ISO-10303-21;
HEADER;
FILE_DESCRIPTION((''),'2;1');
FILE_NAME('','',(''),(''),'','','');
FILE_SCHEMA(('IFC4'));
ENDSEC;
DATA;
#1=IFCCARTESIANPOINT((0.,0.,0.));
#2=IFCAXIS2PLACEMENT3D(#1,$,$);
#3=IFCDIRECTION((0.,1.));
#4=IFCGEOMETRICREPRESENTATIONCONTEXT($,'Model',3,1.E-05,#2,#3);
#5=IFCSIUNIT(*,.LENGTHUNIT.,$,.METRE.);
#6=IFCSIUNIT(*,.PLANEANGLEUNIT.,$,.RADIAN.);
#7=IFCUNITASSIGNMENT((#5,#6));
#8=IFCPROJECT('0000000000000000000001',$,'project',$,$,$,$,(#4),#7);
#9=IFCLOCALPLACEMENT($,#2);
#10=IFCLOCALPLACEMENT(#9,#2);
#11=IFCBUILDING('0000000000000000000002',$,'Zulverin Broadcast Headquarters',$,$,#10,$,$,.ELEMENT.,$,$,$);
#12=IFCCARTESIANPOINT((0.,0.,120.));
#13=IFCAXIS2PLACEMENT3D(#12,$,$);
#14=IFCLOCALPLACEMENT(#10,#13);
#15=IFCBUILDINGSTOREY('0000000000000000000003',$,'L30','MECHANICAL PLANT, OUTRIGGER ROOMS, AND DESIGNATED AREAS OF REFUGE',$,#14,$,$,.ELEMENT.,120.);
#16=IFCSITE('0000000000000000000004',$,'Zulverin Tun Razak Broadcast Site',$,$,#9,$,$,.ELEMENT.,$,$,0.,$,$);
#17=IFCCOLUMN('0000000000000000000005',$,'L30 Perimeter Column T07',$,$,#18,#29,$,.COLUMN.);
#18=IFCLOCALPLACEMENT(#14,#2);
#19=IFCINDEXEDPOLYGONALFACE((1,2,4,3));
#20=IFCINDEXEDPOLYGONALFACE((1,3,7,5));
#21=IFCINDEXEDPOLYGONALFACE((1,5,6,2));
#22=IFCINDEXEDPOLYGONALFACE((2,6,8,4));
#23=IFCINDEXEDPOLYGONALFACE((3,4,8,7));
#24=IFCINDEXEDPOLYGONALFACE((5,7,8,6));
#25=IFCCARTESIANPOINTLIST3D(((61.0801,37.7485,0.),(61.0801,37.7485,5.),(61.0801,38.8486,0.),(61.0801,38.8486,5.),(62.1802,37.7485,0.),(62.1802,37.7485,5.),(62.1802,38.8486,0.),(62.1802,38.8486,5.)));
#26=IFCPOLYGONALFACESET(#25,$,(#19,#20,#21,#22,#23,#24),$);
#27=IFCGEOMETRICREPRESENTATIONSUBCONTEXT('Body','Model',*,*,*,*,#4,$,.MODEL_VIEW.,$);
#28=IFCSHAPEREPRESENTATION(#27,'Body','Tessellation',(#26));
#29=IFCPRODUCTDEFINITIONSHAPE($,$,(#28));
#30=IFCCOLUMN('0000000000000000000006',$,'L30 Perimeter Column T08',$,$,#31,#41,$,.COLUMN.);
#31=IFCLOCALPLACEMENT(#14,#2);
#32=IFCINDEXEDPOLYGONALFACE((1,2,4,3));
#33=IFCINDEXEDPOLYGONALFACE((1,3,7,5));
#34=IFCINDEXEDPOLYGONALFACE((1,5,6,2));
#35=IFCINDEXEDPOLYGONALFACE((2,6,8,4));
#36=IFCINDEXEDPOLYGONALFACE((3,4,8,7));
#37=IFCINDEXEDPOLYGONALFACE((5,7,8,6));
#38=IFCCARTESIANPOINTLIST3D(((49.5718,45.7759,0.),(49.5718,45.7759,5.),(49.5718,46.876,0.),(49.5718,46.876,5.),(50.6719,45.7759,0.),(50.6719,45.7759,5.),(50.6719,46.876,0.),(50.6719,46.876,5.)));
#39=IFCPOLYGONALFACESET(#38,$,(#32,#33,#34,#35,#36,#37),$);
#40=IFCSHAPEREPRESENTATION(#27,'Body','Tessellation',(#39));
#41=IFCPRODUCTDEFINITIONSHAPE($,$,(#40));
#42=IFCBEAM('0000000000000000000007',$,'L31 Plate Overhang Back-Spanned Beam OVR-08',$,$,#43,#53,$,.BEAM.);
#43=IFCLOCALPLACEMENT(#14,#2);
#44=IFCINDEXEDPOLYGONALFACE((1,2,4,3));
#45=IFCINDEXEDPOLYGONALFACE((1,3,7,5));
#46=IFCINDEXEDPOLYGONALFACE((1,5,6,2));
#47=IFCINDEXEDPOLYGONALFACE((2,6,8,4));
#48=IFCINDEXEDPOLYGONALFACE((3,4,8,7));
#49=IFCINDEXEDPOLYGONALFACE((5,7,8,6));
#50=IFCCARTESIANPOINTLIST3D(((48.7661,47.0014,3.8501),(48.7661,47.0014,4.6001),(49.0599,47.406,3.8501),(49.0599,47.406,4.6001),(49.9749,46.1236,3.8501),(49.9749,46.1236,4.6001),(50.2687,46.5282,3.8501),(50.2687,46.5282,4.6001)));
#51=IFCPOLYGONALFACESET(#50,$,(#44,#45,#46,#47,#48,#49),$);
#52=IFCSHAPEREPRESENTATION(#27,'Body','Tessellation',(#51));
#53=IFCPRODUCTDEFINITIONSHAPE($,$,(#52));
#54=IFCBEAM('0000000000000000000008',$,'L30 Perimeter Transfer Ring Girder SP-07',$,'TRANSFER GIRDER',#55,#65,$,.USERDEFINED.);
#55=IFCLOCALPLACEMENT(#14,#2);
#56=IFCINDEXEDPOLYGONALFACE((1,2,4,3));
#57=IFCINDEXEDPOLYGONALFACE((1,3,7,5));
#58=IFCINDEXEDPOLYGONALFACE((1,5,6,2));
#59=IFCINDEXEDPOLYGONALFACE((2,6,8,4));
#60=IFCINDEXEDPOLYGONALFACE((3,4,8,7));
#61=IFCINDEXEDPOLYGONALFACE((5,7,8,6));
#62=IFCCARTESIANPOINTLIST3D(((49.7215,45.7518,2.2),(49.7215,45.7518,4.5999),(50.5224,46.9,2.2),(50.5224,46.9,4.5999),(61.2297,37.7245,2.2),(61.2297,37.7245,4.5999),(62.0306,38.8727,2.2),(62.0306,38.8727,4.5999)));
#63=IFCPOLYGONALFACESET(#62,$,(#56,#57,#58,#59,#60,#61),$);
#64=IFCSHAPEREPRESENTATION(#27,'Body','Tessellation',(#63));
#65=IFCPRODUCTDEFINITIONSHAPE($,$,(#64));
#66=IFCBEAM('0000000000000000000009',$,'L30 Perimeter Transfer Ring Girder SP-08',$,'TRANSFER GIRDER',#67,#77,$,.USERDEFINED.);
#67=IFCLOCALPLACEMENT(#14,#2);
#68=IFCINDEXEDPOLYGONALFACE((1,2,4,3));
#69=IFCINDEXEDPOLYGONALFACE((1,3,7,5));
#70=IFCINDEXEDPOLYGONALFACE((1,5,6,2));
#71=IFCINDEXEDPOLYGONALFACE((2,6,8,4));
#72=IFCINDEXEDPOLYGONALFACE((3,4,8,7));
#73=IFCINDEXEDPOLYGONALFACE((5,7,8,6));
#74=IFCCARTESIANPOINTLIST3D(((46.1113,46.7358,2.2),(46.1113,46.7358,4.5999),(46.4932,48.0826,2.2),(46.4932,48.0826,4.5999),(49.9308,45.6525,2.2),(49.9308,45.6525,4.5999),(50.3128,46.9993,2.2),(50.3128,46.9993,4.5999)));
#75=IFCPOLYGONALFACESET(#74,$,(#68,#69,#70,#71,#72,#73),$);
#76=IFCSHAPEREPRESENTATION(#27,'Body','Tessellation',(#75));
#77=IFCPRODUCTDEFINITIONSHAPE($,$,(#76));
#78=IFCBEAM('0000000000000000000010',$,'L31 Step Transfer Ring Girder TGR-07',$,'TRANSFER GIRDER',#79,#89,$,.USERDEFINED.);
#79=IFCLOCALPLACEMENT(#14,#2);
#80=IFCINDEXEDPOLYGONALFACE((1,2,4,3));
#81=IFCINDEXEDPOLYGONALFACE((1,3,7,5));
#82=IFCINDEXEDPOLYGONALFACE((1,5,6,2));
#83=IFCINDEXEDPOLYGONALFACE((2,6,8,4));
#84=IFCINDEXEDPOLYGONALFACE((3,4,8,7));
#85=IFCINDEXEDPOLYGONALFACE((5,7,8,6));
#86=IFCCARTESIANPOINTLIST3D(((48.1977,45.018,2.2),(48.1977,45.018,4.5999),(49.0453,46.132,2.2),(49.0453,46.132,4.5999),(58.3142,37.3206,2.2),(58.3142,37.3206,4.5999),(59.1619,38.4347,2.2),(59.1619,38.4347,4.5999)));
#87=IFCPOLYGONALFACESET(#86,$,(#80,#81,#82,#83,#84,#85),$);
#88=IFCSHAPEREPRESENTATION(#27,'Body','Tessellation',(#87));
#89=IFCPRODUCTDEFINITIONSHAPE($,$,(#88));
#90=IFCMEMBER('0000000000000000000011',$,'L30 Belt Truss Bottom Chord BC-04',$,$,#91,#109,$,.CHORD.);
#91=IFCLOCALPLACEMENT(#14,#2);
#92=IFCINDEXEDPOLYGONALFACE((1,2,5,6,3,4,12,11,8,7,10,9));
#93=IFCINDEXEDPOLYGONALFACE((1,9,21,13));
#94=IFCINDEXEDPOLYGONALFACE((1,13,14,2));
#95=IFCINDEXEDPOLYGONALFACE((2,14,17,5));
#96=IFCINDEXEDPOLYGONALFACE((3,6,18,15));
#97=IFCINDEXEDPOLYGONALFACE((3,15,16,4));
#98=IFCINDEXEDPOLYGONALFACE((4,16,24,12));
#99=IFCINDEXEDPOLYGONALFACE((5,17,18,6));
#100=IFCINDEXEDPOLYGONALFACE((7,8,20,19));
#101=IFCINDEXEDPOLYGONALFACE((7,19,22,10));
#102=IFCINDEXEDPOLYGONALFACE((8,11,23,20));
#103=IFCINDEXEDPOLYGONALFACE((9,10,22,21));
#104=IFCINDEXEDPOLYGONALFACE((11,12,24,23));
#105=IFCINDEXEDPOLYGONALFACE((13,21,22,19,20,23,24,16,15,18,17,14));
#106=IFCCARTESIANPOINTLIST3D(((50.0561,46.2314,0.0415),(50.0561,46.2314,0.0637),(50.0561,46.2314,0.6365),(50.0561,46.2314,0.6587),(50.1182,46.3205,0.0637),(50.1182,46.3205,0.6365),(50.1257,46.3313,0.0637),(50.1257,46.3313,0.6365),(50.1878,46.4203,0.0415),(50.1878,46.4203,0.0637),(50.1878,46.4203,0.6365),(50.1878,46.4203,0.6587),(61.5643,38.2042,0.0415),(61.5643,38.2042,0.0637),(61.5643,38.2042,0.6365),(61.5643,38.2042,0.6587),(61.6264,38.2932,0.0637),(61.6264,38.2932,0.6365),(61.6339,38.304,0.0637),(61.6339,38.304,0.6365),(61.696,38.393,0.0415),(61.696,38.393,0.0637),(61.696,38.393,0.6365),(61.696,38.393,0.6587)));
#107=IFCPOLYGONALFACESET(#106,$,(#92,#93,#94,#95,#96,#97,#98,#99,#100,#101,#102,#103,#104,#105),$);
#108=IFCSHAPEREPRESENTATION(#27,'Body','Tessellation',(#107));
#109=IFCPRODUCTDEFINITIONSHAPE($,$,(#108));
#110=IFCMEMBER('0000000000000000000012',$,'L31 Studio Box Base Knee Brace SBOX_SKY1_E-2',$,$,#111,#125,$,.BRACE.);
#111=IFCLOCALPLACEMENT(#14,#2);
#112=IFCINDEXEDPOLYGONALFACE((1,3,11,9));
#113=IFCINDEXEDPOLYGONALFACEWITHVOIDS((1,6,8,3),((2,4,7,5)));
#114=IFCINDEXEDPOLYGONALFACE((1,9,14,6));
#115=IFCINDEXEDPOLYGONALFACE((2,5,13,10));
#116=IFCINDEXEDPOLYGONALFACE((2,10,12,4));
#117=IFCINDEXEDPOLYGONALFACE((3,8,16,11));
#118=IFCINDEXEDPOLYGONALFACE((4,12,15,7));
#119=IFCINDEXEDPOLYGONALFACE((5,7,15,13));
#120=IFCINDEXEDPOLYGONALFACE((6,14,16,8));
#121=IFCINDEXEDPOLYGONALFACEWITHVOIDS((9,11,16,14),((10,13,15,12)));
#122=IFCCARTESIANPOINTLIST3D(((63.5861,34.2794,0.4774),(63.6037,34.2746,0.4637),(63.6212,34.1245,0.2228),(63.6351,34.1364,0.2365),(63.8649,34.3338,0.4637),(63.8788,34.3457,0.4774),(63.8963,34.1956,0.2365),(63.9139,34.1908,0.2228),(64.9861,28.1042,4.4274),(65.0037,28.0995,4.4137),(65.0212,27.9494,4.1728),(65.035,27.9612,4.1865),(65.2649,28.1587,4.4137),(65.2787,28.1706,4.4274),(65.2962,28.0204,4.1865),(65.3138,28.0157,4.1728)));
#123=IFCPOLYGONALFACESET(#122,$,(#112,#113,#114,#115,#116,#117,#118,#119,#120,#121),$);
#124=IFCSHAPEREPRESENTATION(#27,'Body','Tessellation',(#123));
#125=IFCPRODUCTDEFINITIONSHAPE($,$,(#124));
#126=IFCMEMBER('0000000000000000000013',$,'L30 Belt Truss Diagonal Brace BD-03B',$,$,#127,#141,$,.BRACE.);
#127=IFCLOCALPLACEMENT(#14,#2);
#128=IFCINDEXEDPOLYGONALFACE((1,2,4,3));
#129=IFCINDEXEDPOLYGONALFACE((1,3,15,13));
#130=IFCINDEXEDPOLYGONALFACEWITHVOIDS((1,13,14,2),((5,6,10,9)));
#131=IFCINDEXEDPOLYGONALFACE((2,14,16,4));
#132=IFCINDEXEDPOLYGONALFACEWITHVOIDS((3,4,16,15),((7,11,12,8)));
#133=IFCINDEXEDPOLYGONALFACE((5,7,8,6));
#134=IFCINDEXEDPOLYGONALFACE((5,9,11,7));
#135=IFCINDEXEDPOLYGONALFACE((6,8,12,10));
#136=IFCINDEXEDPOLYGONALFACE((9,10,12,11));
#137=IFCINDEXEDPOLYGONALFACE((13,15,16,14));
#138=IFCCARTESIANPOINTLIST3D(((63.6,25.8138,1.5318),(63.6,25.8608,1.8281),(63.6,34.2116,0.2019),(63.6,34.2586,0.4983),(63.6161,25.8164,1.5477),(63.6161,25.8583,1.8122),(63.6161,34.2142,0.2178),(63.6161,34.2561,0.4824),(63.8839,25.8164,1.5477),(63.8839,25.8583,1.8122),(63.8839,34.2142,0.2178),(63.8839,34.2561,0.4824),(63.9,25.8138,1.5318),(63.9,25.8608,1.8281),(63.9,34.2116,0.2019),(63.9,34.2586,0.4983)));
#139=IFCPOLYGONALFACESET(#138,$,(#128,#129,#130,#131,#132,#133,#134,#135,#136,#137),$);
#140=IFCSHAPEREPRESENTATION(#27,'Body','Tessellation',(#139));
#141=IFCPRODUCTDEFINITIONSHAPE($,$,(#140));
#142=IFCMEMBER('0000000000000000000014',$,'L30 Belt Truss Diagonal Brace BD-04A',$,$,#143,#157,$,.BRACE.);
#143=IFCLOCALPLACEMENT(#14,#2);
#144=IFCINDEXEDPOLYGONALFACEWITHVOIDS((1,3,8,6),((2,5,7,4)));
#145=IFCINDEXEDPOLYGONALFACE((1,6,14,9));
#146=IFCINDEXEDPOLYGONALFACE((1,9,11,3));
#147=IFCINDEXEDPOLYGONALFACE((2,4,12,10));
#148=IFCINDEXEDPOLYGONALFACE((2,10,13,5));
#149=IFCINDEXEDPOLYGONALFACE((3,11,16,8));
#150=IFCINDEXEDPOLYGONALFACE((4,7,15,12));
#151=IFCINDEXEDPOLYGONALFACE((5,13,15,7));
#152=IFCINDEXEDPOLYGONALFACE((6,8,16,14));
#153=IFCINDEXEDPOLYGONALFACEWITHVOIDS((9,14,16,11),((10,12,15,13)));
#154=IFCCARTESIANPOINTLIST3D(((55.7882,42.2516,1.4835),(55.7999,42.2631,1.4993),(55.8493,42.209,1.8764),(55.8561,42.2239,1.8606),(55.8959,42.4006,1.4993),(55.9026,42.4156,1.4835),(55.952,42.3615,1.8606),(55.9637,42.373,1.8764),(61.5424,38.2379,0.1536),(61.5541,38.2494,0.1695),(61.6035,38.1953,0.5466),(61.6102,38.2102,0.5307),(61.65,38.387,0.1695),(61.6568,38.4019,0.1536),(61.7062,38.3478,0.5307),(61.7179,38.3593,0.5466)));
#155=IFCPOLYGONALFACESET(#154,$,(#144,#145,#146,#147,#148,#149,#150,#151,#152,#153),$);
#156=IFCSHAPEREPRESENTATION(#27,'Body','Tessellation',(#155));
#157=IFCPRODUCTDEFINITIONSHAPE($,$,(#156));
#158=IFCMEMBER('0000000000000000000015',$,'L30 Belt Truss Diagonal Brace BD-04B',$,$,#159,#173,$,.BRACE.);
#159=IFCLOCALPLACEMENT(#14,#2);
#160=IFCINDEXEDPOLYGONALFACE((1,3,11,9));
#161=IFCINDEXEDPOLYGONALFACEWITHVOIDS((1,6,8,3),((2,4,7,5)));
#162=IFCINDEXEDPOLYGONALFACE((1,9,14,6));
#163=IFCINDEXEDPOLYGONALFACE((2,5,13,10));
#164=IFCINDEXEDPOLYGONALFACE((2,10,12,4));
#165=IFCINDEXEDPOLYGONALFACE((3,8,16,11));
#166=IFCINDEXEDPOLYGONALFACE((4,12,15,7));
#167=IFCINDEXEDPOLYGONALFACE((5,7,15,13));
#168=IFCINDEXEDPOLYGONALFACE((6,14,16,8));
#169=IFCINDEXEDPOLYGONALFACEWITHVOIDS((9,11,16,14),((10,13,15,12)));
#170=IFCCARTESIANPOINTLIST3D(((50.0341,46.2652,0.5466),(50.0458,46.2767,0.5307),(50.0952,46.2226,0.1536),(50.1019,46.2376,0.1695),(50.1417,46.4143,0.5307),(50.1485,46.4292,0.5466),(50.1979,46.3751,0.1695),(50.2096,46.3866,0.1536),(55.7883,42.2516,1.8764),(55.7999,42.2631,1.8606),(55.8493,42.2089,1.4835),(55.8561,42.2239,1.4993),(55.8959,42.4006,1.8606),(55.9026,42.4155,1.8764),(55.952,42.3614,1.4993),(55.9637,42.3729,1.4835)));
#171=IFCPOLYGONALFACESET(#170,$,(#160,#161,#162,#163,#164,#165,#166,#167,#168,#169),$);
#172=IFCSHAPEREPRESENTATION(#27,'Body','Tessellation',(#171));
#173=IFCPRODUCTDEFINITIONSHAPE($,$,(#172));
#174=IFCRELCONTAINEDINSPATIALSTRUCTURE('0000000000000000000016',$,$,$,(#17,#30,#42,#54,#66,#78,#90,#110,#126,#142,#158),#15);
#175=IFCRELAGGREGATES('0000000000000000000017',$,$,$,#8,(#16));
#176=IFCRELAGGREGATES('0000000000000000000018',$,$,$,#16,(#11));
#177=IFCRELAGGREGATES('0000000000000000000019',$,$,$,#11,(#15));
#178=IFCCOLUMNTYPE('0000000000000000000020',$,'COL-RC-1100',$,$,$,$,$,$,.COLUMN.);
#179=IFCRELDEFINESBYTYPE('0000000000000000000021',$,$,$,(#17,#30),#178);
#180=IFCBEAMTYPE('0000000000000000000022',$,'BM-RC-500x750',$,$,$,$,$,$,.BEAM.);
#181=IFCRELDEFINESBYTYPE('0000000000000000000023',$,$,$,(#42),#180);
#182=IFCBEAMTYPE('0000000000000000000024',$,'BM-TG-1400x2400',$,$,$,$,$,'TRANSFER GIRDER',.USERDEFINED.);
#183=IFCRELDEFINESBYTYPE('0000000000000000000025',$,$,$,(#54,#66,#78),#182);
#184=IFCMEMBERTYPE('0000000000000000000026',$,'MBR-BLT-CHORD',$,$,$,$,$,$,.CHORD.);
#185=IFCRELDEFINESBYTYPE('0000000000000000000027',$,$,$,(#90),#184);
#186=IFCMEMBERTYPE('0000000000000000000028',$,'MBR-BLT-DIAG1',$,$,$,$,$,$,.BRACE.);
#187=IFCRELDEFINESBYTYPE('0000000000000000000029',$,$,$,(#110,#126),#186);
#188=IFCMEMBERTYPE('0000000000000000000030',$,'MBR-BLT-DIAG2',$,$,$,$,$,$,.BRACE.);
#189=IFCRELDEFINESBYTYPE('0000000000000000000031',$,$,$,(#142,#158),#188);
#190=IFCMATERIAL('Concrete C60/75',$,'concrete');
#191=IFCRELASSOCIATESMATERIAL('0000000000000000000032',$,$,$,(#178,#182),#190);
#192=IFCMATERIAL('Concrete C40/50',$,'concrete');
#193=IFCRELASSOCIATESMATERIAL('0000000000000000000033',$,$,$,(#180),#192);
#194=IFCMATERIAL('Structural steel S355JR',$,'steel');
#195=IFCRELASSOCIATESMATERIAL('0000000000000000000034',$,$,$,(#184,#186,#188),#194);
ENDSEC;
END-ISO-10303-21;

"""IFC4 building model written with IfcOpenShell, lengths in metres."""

from ifc_helpers import new_model, si_unit, direction, frame, origin, origin_2d, place, context, subcontext, project, spatial, rectangle, hollow_rectangle, i_section, extrude, material, material_profile, profile_set, type_object, element, save


model = new_model("IFC4")

# Units and contexts
model_context = context("Model", 3, precision=1e-05, world=origin(), true_north=direction((0.0, 1.0)))
body_context = subcontext(model_context, "Body", "Model", "MODEL_VIEW")
ifc_project = project(units=[si_unit("LENGTHUNIT", "METRE"), si_unit("PLANEANGLEUNIT", "RADIAN")], contexts=[model_context])

# Site, building, storey
site_placement = place(None, origin())
site = spatial("IfcSite", under=ifc_project, at=site_placement, Name="Zulverin Tun Razak Broadcast Site", CompositionType="ELEMENT", RefElevation=0.0)
building_placement = place(site_placement, origin())
building = spatial("IfcBuilding", under=site, at=building_placement, Name="Zulverin Broadcast Headquarters", CompositionType="ELEMENT")
storey_placement = place(building_placement, frame((0.0, 0.0, 120.0)))
storey = spatial("IfcBuildingStorey", under=building, at=storey_placement, Name="L30", Description="MECHANICAL PLANT, OUTRIGGER ROOMS, AND DESIGNATED AREAS OF REFUGE", CompositionType="ELEMENT", Elevation=120.0)

# Columns
ifc_material_1 = material(Name="Concrete C60/75", Category="concrete")
ifc_material_profile_1 = material_profile(ifc_material_1, rectangle(XDim=1.1001, YDim=1.1001, at=origin_2d()), Name="Concrete C60/75", Category="concrete")
ifc_profile_set_1 = profile_set([ifc_material_profile_1], Name="Concrete C60/75")
column_type = type_object("IfcColumnType", Name="COL-RC-1100", PredefinedType="COLUMN", material=ifc_profile_set_1)
for number, where, z_axis, x_axis, name in (
    (1, (61.6301, 38.2986, 0.0), (0.0, 0.0, 1.0), (1.0, 0.0, 0.0), "L30 Perimeter Column T07"),
    (2, (50.1218, 46.3259, 0.0), (0.0, 0.0, 1.0), (1.0, 0.0, 0.0), "L30 Perimeter Column T08"),
):
    element("IfcColumn", number, at=place(storey_placement, frame(where, z_axis=z_axis, x_axis=x_axis)), inside=storey, type_object=column_type, Name=name, PredefinedType="COLUMN", context=body_context, shape_type="SweptSolid", body=[
        extrude(rectangle(XDim=1.1001, YDim=1.1001, at=origin_2d()), origin(), (0.0, 0.0, 1.0), 5.0),
    ])

# Beams
ifc_material_2 = material(Name="Concrete C40/50", Category="concrete")
ifc_material_profile_2 = material_profile(ifc_material_2, rectangle(XDim=0.5, YDim=0.75, at=origin_2d()), Name="Concrete C40/50", Category="concrete")
ifc_profile_set_2 = profile_set([ifc_material_profile_2], Name="Concrete C40/50")
beam_type_1 = type_object("IfcBeamType", Name="BM-RC-500x750", PredefinedType="BEAM", material=ifc_profile_set_2)
beam_1_placement = place(storey_placement, frame((50.1218, 46.3259, 4.2251), z_axis=(-0.809181, 0.587559, 0.0), x_axis=(-0.587559, -0.809181, 0.0)))
element("IfcBeam", 3, at=beam_1_placement, inside=storey, type_object=beam_type_1, Name="L31 Plate Overhang Back-Spanned Beam OVR-08", PredefinedType="BEAM", context=body_context, shape_type="SweptSolid", body=[
    extrude(rectangle(XDim=0.5, YDim=0.75, at=origin_2d()), origin(), (0.0, 0.0, 1.0), 1.4939),
])
ifc_material_profile_3 = material_profile(ifc_material_1, rectangle(XDim=1.3999, YDim=2.3999, at=origin_2d()), Name="Concrete C60/75", Category="concrete")
ifc_profile_set_3 = profile_set([ifc_material_profile_3], Name="Concrete C60/75")
beam_type_2 = type_object("IfcBeamType", Name="BM-TG-1400x2400", ElementType="TRANSFER GIRDER", PredefinedType="USERDEFINED", material=ifc_profile_set_3)
beam_2_placement = place(storey_placement, frame((61.6301, 38.2986, 3.3999), z_axis=(-0.820184, 0.5721, 0.0), x_axis=(-0.5721, -0.820184, 0.0)))
element("IfcBeam", 4, at=beam_2_placement, inside=storey, type_object=beam_type_2, Name="L30 Perimeter Transfer Ring Girder SP-07", ObjectType="TRANSFER GIRDER", PredefinedType="USERDEFINED", context=body_context, shape_type="SweptSolid", body=[
    extrude(rectangle(XDim=1.3999, YDim=2.3999, at=origin_2d()), origin(), (0.0, 0.0, 1.0), 14.0312),
])
beam_3_placement = place(storey_placement, frame((50.1218, 46.3259, 3.3999), z_axis=(-0.962058, 0.272844, 0.0), x_axis=(-0.272844, -0.962058, 0.0)))
element("IfcBeam", 5, at=beam_3_placement, inside=storey, type_object=beam_type_2, Name="L30 Perimeter Transfer Ring Girder SP-08", ObjectType="TRANSFER GIRDER", PredefinedType="USERDEFINED", context=body_context, shape_type="SweptSolid", body=[
    extrude(rectangle(XDim=1.3999, YDim=2.3999, at=origin_2d()), origin(), (0.0, 0.0, 1.0), 3.9702),
])
beam_4_placement = place(storey_placement, frame((58.738, 37.8777, 3.3999), z_axis=(-0.79583, 0.60552, 0.0), x_axis=(-0.60552, -0.79583, 0.0)))
element("IfcBeam", 6, at=beam_4_placement, inside=storey, type_object=beam_type_2, Name="L31 Step Transfer Ring Girder TGR-07", ObjectType="TRANSFER GIRDER", PredefinedType="USERDEFINED", context=body_context, shape_type="SweptSolid", body=[
    extrude(rectangle(XDim=1.3999, YDim=2.3999, at=origin_2d()), origin(), (0.0, 0.0, 1.0), 12.7119),
])

# Members
ifc_material_3 = material(Name="Structural steel S355JR", Category="steel")
ifc_material_profile_4 = material_profile(ifc_material_3, i_section(OverallWidth=0.2302, OverallDepth=0.6172, WebThickness=0.0132, FlangeThickness=0.0222, at=origin_2d()), Name="Structural steel S355JR", Category="steel")
ifc_profile_set_4 = profile_set([ifc_material_profile_4], Name="Structural steel S355JR")
member_type_1 = type_object("IfcMemberType", Name="MBR-BLT-CHORD", PredefinedType="CHORD", material=ifc_profile_set_4)
member_1_placement = place(storey_placement, frame((61.6301, 38.2986, 0.3501), z_axis=(-0.820184, 0.5721, 0.0), x_axis=(-0.5721, -0.820184, 0.0)))
element("IfcMember", 7, at=member_1_placement, inside=storey, type_object=member_type_1, Name="L30 Belt Truss Bottom Chord BC-04", PredefinedType="CHORD", context=body_context, shape_type="SweptSolid", body=[
    extrude(i_section(OverallWidth=0.2302, OverallDepth=0.6172, WebThickness=0.0132, FlangeThickness=0.0222, at=origin_2d()), origin(), (0.0, 0.0, 1.0), 14.0312),
])
ifc_material_profile_5 = material_profile(ifc_material_3, hollow_rectangle(XDim=0.3, YDim=0.3, WallThickness=0.0161, at=origin_2d()), Name="Structural steel S355JR", Category="steel")
ifc_profile_set_5 = profile_set([ifc_material_profile_5], Name="Structural steel S355JR")
member_type_2 = type_object("IfcMemberType", Name="MBR-BLT-DIAG1", PredefinedType="BRACE", material=ifc_profile_set_5)
member_2_placement = place(storey_placement, frame((63.75, 34.2351, 0.3501), z_axis=(0.187585, -0.827446, 0.529287), x_axis=(0.975253, 0.221093, 0.0)))
element("IfcMember", 8, at=member_2_placement, inside=storey, type_object=member_type_2, Name="L31 Studio Box Base Knee Brace SBOX_SKY1_E-2", PredefinedType="BRACE", context=body_context, shape_type="SweptSolid", body=[
    extrude(hollow_rectangle(XDim=0.3, YDim=0.3, WallThickness=0.0161, at=origin_2d()), origin(), (0.0, 0.0, 1.0), 7.4629),
])
member_3_placement = place(storey_placement, frame((63.75, 34.2351, 0.3501), z_axis=(0.0, -0.987693, 0.156408), x_axis=(1.0, 0.0, 0.0)))
element("IfcMember", 9, at=member_3_placement, inside=storey, type_object=member_type_2, Name="L30 Belt Truss Diagonal Brace BD-03B", PredefinedType="BRACE", context=body_context, shape_type="SweptSolid", body=[
    extrude(hollow_rectangle(XDim=0.3, YDim=0.3, WallThickness=0.0161, at=origin_2d()), origin(), (0.0, 0.0, 1.0), 8.5024),
])
ifc_material_profile_6 = material_profile(ifc_material_3, hollow_rectangle(XDim=0.2, YDim=0.3999, WallThickness=0.0161, at=origin_2d()), Name="Structural steel S355JR", Category="steel")
ifc_profile_set_6 = profile_set([ifc_material_profile_6], Name="Structural steel S355JR")
member_type_3 = type_object("IfcMemberType", Name="MBR-BLT-DIAG2", PredefinedType="BRACE", material=ifc_profile_set_6)
for number, where, z_axis, x_axis, name in (
    (10, (61.6301, 38.2986, 0.3501), (-0.805835, 0.562091, 0.186235), (-0.5721, -0.820184, 0.0), "L30 Belt Truss Diagonal Brace BD-04A"),
    (11, (50.1218, 46.3259, 0.3501), (0.805835, -0.562091, 0.186235), (0.5721, 0.820184, 0.0), "L30 Belt Truss Diagonal Brace BD-04B"),
):
    element("IfcMember", number, at=place(storey_placement, frame(where, z_axis=z_axis, x_axis=x_axis)), inside=storey, type_object=member_type_3, Name=name, PredefinedType="BRACE", context=body_context, shape_type="SweptSolid", body=[
        extrude(hollow_rectangle(XDim=0.2, YDim=0.3999, WallThickness=0.0161, at=origin_2d()), origin(), (0.0, 0.0, 1.0), 7.1406),
    ])

save(model, "model.ifc")
